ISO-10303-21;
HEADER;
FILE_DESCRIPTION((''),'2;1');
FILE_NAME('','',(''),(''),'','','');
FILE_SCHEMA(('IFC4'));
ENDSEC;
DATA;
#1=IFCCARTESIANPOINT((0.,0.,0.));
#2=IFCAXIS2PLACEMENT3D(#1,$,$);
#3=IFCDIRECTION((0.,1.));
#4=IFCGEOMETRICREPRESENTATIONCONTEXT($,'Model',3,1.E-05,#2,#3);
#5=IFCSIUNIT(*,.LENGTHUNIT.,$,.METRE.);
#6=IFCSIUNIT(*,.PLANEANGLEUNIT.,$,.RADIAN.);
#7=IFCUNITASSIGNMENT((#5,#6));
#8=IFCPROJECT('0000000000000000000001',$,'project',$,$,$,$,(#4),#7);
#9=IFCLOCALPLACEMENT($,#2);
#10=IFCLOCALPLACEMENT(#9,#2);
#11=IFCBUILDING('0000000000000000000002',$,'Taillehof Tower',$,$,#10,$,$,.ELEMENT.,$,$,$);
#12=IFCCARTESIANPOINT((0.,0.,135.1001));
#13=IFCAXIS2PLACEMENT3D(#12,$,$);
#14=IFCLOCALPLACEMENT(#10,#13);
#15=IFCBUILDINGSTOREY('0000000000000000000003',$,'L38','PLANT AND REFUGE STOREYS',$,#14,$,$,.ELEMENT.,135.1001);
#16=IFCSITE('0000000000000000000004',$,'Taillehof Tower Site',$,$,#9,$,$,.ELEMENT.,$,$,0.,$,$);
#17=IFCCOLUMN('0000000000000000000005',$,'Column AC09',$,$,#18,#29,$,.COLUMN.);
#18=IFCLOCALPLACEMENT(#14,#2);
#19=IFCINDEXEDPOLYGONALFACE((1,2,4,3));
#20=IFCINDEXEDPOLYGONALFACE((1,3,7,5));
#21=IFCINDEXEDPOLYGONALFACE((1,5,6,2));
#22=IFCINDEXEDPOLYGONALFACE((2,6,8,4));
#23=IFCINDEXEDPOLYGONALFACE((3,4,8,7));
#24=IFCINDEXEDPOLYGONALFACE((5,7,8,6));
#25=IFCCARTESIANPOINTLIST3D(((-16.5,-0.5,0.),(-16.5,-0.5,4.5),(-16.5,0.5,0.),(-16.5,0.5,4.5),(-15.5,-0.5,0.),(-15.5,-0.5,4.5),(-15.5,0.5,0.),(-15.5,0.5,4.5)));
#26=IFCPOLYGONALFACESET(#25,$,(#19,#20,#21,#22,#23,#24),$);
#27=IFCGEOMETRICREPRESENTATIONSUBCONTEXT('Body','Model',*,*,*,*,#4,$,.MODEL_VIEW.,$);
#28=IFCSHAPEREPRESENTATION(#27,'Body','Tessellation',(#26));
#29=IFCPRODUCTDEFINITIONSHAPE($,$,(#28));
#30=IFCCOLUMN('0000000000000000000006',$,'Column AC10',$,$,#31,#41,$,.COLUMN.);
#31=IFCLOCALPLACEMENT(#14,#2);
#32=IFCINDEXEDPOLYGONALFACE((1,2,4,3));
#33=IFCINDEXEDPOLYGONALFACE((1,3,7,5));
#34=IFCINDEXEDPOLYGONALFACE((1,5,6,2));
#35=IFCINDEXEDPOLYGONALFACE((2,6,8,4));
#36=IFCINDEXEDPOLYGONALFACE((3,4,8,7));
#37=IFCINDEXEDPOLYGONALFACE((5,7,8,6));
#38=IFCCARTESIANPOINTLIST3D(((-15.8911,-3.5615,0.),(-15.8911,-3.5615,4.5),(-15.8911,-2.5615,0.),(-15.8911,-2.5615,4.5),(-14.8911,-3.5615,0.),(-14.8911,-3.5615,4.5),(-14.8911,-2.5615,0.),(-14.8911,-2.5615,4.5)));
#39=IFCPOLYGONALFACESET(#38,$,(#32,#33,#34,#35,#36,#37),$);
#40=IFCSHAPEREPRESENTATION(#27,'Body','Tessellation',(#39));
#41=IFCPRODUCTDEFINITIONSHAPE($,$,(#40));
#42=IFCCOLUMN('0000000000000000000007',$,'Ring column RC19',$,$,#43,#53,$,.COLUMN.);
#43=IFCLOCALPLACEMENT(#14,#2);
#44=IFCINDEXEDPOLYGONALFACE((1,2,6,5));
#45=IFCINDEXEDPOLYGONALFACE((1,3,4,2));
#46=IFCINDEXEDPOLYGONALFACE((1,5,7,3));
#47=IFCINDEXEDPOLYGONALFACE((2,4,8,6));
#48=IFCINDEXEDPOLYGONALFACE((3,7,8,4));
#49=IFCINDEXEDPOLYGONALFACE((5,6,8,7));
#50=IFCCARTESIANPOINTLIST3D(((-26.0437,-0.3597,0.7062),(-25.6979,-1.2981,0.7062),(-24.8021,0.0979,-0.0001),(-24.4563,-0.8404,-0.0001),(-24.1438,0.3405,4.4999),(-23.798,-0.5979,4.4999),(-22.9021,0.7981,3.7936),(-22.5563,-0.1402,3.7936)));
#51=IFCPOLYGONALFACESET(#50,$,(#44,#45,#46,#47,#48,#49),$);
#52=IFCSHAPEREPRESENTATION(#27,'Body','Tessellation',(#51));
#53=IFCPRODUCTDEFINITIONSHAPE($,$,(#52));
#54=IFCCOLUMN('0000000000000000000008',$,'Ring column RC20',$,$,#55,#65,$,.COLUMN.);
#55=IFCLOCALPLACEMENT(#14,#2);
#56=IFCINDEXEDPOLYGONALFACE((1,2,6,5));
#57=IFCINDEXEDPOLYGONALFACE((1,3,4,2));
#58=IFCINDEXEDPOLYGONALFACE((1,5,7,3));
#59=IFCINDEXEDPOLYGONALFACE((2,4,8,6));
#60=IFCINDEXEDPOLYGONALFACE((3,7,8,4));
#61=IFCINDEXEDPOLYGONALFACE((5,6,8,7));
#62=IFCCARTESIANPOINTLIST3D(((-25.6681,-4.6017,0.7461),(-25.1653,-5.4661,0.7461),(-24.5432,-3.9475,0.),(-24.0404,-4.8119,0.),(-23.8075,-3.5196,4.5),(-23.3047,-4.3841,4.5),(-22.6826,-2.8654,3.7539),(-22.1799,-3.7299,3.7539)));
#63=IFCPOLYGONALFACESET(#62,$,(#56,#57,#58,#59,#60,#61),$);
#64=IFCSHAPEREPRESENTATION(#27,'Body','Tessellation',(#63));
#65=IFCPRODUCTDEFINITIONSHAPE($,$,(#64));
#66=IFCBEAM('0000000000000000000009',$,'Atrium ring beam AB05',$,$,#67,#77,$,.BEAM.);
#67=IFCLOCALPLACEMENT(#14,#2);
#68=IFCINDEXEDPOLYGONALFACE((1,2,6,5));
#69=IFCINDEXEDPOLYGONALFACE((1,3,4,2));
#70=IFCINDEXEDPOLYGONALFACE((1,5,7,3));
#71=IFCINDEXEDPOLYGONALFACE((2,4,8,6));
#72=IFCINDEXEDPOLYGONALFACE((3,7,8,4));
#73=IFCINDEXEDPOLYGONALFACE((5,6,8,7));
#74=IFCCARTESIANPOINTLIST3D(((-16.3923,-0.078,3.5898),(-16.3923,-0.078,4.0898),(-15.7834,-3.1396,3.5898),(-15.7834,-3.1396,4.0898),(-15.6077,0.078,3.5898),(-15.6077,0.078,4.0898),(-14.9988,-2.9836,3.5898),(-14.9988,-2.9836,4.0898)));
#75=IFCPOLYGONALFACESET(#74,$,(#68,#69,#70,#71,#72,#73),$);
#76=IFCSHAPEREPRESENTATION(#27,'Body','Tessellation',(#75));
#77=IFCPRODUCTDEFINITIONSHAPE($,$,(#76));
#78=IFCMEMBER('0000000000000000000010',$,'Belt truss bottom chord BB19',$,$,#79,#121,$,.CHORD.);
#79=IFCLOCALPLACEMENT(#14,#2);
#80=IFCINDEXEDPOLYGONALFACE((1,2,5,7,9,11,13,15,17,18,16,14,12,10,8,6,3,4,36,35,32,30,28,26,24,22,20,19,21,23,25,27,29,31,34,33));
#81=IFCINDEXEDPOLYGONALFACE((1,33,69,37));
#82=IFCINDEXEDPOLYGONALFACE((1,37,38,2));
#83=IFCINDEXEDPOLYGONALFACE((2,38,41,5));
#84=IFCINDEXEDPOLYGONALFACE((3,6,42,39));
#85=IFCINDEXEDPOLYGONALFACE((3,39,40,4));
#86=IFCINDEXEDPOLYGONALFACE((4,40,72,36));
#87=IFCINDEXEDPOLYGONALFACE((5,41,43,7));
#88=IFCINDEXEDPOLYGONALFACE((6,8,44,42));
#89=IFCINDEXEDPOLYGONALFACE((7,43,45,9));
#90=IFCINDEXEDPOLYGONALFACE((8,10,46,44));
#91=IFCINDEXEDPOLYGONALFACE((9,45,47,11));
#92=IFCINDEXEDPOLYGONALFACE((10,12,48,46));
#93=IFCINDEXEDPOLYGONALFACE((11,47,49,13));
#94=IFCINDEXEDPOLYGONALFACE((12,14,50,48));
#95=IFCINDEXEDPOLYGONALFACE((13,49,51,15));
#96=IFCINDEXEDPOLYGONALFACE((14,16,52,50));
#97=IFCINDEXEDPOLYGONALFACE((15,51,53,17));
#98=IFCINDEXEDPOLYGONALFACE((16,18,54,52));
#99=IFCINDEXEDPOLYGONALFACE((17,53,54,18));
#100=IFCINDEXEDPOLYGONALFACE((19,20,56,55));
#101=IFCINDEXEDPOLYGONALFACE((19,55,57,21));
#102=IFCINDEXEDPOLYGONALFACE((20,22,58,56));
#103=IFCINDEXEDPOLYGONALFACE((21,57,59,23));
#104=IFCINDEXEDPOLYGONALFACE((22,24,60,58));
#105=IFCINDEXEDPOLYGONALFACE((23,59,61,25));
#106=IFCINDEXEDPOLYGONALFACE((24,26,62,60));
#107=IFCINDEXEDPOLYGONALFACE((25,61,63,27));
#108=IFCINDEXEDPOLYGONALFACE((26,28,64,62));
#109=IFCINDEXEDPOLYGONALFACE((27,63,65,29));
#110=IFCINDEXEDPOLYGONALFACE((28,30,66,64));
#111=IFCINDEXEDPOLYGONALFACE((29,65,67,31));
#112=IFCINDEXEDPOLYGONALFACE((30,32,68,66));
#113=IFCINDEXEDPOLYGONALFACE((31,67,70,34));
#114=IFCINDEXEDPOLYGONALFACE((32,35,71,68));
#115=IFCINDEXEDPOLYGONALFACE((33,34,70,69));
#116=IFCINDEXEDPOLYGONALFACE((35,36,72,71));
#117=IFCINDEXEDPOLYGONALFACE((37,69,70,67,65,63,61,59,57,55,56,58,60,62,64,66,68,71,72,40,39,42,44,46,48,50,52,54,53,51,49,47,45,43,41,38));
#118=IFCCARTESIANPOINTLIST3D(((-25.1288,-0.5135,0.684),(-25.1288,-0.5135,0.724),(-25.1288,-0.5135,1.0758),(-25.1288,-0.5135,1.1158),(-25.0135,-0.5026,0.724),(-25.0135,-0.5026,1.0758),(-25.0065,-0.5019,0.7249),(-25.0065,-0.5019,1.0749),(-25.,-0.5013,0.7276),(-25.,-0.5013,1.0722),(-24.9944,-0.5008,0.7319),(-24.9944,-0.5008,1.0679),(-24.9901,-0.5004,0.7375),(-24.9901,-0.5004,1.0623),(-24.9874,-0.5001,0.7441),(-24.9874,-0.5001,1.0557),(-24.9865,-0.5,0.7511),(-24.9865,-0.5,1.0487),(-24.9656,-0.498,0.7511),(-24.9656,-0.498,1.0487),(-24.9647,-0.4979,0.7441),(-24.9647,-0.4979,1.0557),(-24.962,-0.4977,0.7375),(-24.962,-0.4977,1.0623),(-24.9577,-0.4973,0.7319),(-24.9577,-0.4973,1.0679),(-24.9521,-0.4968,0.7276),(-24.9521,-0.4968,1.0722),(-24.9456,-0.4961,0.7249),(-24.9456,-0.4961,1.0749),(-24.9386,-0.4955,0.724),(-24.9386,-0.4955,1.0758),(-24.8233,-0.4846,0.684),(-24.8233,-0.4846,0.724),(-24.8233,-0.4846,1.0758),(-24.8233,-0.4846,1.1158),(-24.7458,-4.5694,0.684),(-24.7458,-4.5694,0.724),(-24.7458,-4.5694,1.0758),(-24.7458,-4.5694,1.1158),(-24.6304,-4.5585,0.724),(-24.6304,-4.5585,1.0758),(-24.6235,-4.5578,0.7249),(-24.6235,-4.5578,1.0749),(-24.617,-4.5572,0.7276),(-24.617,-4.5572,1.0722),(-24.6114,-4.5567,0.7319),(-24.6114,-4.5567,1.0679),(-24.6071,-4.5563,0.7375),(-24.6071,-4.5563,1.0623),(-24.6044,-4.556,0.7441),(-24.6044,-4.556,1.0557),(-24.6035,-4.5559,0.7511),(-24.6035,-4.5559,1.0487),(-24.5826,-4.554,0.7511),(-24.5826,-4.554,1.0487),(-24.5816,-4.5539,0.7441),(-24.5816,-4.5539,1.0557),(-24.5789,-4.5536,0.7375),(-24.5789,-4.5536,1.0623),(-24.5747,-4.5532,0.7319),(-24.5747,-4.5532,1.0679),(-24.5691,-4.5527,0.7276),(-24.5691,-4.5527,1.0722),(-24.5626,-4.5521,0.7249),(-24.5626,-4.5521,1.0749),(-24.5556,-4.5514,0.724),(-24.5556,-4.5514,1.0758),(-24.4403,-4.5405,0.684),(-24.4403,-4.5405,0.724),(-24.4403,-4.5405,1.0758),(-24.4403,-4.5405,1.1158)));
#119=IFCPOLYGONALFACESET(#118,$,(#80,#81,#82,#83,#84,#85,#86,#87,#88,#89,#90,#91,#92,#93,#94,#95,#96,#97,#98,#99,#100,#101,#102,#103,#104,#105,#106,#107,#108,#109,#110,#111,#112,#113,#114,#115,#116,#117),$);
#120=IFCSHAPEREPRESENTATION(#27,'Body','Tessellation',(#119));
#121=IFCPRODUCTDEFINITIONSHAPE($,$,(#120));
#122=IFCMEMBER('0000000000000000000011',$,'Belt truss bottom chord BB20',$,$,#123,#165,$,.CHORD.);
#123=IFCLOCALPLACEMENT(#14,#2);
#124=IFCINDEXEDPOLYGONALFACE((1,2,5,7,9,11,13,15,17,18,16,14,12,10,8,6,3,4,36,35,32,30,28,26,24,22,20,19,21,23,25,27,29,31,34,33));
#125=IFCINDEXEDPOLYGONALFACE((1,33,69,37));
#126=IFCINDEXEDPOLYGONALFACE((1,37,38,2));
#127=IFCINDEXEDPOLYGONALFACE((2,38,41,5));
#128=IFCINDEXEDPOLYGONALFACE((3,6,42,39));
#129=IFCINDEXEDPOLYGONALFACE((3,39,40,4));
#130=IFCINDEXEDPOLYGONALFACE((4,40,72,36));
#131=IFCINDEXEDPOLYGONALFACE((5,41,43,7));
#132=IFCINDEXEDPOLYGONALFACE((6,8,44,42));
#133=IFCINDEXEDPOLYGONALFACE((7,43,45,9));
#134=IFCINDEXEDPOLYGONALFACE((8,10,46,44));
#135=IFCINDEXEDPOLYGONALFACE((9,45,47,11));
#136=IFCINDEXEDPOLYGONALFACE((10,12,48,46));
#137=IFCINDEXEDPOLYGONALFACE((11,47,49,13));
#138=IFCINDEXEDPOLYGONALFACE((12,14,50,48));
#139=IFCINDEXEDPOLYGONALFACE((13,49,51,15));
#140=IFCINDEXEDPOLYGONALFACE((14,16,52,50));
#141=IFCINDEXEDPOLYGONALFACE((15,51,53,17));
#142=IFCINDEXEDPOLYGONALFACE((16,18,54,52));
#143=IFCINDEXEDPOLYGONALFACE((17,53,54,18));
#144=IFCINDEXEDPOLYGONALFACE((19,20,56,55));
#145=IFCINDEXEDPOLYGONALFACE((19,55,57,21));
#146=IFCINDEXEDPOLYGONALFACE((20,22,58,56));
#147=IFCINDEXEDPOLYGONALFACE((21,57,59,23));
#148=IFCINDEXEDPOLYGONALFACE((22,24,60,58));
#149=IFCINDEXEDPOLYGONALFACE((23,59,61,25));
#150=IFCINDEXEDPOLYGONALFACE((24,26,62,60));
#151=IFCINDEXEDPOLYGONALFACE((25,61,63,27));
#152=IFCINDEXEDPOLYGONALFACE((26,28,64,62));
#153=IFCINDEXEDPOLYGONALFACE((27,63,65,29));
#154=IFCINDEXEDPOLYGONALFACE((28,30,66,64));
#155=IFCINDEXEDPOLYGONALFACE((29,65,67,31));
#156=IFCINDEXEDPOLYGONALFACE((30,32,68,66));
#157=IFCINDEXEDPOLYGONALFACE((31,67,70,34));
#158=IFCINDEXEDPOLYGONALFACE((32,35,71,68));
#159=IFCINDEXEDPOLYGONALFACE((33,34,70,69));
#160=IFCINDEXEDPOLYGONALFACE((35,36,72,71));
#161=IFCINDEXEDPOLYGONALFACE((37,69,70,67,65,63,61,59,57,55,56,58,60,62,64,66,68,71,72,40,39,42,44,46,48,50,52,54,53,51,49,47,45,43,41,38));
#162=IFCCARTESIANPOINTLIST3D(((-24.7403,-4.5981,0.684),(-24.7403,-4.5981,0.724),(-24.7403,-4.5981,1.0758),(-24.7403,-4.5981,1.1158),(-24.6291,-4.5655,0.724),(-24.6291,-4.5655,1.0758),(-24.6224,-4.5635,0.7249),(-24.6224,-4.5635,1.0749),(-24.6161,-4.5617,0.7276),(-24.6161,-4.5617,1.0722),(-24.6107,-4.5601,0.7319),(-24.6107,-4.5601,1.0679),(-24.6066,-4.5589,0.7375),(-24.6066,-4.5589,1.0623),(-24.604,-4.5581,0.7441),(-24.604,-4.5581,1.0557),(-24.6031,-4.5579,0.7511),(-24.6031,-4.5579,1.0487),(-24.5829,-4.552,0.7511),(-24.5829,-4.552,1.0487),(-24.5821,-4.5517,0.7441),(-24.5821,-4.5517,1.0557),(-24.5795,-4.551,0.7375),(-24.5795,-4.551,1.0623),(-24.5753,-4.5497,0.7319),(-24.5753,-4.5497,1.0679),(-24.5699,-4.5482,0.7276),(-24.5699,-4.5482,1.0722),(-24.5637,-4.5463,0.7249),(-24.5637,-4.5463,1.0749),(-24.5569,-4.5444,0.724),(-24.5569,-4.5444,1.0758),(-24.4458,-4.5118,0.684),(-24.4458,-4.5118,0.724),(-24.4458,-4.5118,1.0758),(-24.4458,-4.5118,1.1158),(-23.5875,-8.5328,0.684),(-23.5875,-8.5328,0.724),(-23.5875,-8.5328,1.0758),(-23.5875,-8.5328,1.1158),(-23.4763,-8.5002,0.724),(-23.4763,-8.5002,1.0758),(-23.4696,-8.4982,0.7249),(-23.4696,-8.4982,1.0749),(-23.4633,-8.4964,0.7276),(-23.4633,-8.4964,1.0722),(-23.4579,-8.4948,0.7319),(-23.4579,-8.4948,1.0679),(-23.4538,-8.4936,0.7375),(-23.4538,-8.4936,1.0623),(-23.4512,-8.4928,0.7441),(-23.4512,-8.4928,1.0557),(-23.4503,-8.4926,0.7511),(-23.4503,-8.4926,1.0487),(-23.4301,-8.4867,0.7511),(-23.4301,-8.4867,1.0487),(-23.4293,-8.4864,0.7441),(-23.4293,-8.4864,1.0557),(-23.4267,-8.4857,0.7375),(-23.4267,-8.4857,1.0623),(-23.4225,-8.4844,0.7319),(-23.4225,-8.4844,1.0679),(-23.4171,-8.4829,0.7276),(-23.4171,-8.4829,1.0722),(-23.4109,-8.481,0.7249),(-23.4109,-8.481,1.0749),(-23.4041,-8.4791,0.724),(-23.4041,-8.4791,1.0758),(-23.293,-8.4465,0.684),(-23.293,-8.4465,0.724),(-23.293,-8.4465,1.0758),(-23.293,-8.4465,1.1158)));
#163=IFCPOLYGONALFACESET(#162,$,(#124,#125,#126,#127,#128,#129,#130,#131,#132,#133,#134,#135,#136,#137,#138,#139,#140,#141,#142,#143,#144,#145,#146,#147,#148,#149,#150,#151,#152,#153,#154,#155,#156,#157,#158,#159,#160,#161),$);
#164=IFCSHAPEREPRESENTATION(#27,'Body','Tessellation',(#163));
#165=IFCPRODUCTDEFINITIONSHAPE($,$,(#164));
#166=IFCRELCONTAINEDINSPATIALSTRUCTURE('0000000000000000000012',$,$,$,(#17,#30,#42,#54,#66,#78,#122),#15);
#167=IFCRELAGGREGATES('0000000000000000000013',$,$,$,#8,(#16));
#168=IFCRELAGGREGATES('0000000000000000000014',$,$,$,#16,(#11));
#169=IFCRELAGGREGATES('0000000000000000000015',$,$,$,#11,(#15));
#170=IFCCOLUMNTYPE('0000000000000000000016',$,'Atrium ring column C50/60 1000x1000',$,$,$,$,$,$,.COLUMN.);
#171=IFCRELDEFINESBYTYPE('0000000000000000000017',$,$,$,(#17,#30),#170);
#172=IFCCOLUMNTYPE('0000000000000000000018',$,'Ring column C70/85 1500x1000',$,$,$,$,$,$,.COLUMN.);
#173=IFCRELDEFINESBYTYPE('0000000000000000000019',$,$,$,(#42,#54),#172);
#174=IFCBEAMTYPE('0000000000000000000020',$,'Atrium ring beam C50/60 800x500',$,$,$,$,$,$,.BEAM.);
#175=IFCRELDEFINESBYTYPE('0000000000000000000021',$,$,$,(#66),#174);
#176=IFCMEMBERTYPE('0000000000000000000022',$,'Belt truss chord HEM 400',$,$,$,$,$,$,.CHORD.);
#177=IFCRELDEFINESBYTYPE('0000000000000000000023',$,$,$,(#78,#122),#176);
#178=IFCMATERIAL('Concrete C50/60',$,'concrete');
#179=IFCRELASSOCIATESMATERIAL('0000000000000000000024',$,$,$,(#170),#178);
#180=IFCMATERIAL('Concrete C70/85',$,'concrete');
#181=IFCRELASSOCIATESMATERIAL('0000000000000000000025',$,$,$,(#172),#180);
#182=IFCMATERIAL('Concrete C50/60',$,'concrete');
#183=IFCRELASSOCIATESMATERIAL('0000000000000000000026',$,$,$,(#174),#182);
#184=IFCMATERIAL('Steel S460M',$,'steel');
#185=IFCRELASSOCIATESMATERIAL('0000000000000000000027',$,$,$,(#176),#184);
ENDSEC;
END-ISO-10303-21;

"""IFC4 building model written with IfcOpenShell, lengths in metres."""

from ifc_helpers import new_model, si_unit, direction, frame, origin, origin_2d, place, context, subcontext, project, spatial, rectangle, i_section, extrude, material, material_profile, profile_set, type_object, element, save


model = new_model("IFC4")

# Units and contexts
model_context = context("Model", 3, precision=1e-05, world=origin(), true_north=direction((0.0, 1.0)))
body_context = subcontext(model_context, "Body", "Model", "MODEL_VIEW")
ifc_project = project(units=[si_unit("LENGTHUNIT", "METRE"), si_unit("PLANEANGLEUNIT", "RADIAN")], contexts=[model_context])

# Site, building, storey
site_placement = place(None, origin())
site = spatial("IfcSite", under=ifc_project, at=site_placement, Name="Taillehof Tower Site", CompositionType="ELEMENT", RefElevation=0.0)
building_placement = place(site_placement, origin())
building = spatial("IfcBuilding", under=site, at=building_placement, Name="Taillehof Tower", CompositionType="ELEMENT")
storey_placement = place(building_placement, frame((0.0, 0.0, 135.1001)))
storey = spatial("IfcBuildingStorey", under=building, at=storey_placement, Name="L38", Description="PLANT AND REFUGE STOREYS", CompositionType="ELEMENT", Elevation=135.1001)

# Columns
ifc_material_1 = material(Name="Concrete C50/60", Category="concrete")
ifc_material_profile_1 = material_profile(ifc_material_1, rectangle(XDim=1.0, YDim=1.0, at=origin_2d()), Name="RC 1000x1000")
ifc_profile_set_1 = profile_set([ifc_material_profile_1], Name="Concrete C50/60")
column_type_1 = type_object("IfcColumnType", Name="Atrium ring column C50/60 1000x1000", PredefinedType="COLUMN", material=ifc_profile_set_1)
for number, where, z_axis, x_axis, name in (
    (1, (-16.0, 0.0, 0.0), (0.0, 0.0, 1.0), (1.0, 0.0, 0.0), "Column AC09"),
    (2, (-15.3911, -3.0615, 0.0), (0.0, 0.0, 1.0), (1.0, 0.0, 0.0), "Column AC10"),
):
    element("IfcColumn", number, at=place(storey_placement, frame(where, z_axis=z_axis, x_axis=x_axis)), inside=storey, type_object=column_type_1, Name=name, PredefinedType="COLUMN", context=body_context, shape_type="SweptSolid", body=[
        extrude(rectangle(XDim=1.0, YDim=1.0, at=origin_2d()), origin(), (0.0, 0.0, 1.0), 4.5),
    ])
ifc_material_2 = material(Name="Concrete C70/85", Category="concrete")
ifc_material_profile_2 = material_profile(ifc_material_2, rectangle(XDim=1.5, YDim=1.0, at=origin_2d()), Name="RC 1500x1000")
ifc_profile_set_2 = profile_set([ifc_material_profile_2], Name="Concrete C70/85")
column_type_2 = type_object("IfcColumnType", Name="Ring column C70/85 1500x1000", PredefinedType="COLUMN", material=ifc_profile_set_2)
column_1_placement = place(storey_placement, frame((-25.25, -0.6001, 0.353), z_axis=(0.441813, 0.162827, 0.882207), x_axis=(-0.82778, -0.305072, 0.470862)))
element("IfcColumn", 3, at=column_1_placement, inside=storey, type_object=column_type_2, Name="Ring column RC19", PredefinedType="COLUMN", context=body_context, shape_type="SweptSolid", body=[
    extrude(rectangle(XDim=1.5, YDim=1.0, at=origin_2d()), origin(), (0.0, 0.0, 1.0), 4.3003),
])
column_2_placement = place(storey_placement, frame((-24.8542, -4.7068, 0.373), z_axis=(0.42998, 0.250055, 0.867519), x_axis=(-0.749926, -0.43612, 0.497403)))
element("IfcColumn", 4, at=column_2_placement, inside=storey, type_object=column_type_2, Name="Ring column RC20", PredefinedType="COLUMN", context=body_context, shape_type="SweptSolid", body=[
    extrude(rectangle(XDim=1.5, YDim=1.0, at=origin_2d()), origin(), (0.0, 0.0, 1.0), 4.3271),
])

# Beam
ifc_material_3 = material(Name="Concrete C50/60", Category="concrete")
ifc_material_profile_3 = material_profile(ifc_material_3, rectangle(XDim=0.8, YDim=0.5, at=origin_2d()), Name="RC 800x500")
ifc_profile_set_3 = profile_set([ifc_material_profile_3], Name="Concrete C50/60")
beam_type_1 = type_object("IfcBeamType", Name="Atrium ring beam C50/60 800x500", PredefinedType="BEAM", material=ifc_profile_set_3)
beam_1_placement = place(storey_placement, frame((-16.0, 0.0, 3.8398), z_axis=(0.195063, -0.980791, 0.0), x_axis=(0.980791, 0.195063, 0.0)))
element("IfcBeam", 5, at=beam_1_placement, inside=storey, type_object=beam_type_1, Name="Atrium ring beam AB05", PredefinedType="BEAM", context=body_context, shape_type="SweptSolid", body=[
    extrude(rectangle(XDim=0.8, YDim=0.5, at=origin_2d()), origin(), (0.0, 0.0, 1.0), 3.1216),
])

# Members
ifc_material_4 = material(Name="Steel S460M", Category="steel")
ifc_material_profile_4 = material_profile(ifc_material_4, i_section(OverallWidth=0.3069, OverallDepth=0.4319, WebThickness=0.021, FlangeThickness=0.04, FilletRadius=0.0271, at=origin_2d()), Name="HEM 400")
ifc_profile_set_4 = profile_set([ifc_material_profile_4], Name="Steel S460M")
member_type_1 = type_object("IfcMemberType", Name="Belt truss chord HEM 400", PredefinedType="CHORD", material=ifc_profile_set_4)
member_1_placement = place(storey_placement, frame((-24.9761, -0.499, 0.8999), z_axis=(0.094026, -0.99557, 0.0), x_axis=(0.99557, 0.094026, 0.0)))
element("IfcMember", 6, at=member_1_placement, inside=storey, type_object=member_type_1, Name="Belt truss bottom chord BB19", PredefinedType="CHORD", context=body_context, shape_type="SweptSolid", body=[
    extrude(i_section(OverallWidth=0.3069, OverallDepth=0.4319, WebThickness=0.021, FlangeThickness=0.04, FilletRadius=0.0271, at=origin_2d()), origin(), (0.0, 0.0, 1.0), 4.074),
])
member_2_placement = place(storey_placement, frame((-24.593, -4.5549, 0.8999), z_axis=(0.281164, -0.95966, 0.0), x_axis=(0.95966, 0.281164, 0.0)))
element("IfcMember", 7, at=member_2_placement, inside=storey, type_object=member_type_1, Name="Belt truss bottom chord BB20", PredefinedType="CHORD", context=body_context, shape_type="SweptSolid", body=[
    extrude(i_section(OverallWidth=0.3069, OverallDepth=0.4319, WebThickness=0.021, FlangeThickness=0.04, FilletRadius=0.0271, at=origin_2d()), origin(), (0.0, 0.0, 1.0), 4.1001),
])

save(model, "model.ifc")
